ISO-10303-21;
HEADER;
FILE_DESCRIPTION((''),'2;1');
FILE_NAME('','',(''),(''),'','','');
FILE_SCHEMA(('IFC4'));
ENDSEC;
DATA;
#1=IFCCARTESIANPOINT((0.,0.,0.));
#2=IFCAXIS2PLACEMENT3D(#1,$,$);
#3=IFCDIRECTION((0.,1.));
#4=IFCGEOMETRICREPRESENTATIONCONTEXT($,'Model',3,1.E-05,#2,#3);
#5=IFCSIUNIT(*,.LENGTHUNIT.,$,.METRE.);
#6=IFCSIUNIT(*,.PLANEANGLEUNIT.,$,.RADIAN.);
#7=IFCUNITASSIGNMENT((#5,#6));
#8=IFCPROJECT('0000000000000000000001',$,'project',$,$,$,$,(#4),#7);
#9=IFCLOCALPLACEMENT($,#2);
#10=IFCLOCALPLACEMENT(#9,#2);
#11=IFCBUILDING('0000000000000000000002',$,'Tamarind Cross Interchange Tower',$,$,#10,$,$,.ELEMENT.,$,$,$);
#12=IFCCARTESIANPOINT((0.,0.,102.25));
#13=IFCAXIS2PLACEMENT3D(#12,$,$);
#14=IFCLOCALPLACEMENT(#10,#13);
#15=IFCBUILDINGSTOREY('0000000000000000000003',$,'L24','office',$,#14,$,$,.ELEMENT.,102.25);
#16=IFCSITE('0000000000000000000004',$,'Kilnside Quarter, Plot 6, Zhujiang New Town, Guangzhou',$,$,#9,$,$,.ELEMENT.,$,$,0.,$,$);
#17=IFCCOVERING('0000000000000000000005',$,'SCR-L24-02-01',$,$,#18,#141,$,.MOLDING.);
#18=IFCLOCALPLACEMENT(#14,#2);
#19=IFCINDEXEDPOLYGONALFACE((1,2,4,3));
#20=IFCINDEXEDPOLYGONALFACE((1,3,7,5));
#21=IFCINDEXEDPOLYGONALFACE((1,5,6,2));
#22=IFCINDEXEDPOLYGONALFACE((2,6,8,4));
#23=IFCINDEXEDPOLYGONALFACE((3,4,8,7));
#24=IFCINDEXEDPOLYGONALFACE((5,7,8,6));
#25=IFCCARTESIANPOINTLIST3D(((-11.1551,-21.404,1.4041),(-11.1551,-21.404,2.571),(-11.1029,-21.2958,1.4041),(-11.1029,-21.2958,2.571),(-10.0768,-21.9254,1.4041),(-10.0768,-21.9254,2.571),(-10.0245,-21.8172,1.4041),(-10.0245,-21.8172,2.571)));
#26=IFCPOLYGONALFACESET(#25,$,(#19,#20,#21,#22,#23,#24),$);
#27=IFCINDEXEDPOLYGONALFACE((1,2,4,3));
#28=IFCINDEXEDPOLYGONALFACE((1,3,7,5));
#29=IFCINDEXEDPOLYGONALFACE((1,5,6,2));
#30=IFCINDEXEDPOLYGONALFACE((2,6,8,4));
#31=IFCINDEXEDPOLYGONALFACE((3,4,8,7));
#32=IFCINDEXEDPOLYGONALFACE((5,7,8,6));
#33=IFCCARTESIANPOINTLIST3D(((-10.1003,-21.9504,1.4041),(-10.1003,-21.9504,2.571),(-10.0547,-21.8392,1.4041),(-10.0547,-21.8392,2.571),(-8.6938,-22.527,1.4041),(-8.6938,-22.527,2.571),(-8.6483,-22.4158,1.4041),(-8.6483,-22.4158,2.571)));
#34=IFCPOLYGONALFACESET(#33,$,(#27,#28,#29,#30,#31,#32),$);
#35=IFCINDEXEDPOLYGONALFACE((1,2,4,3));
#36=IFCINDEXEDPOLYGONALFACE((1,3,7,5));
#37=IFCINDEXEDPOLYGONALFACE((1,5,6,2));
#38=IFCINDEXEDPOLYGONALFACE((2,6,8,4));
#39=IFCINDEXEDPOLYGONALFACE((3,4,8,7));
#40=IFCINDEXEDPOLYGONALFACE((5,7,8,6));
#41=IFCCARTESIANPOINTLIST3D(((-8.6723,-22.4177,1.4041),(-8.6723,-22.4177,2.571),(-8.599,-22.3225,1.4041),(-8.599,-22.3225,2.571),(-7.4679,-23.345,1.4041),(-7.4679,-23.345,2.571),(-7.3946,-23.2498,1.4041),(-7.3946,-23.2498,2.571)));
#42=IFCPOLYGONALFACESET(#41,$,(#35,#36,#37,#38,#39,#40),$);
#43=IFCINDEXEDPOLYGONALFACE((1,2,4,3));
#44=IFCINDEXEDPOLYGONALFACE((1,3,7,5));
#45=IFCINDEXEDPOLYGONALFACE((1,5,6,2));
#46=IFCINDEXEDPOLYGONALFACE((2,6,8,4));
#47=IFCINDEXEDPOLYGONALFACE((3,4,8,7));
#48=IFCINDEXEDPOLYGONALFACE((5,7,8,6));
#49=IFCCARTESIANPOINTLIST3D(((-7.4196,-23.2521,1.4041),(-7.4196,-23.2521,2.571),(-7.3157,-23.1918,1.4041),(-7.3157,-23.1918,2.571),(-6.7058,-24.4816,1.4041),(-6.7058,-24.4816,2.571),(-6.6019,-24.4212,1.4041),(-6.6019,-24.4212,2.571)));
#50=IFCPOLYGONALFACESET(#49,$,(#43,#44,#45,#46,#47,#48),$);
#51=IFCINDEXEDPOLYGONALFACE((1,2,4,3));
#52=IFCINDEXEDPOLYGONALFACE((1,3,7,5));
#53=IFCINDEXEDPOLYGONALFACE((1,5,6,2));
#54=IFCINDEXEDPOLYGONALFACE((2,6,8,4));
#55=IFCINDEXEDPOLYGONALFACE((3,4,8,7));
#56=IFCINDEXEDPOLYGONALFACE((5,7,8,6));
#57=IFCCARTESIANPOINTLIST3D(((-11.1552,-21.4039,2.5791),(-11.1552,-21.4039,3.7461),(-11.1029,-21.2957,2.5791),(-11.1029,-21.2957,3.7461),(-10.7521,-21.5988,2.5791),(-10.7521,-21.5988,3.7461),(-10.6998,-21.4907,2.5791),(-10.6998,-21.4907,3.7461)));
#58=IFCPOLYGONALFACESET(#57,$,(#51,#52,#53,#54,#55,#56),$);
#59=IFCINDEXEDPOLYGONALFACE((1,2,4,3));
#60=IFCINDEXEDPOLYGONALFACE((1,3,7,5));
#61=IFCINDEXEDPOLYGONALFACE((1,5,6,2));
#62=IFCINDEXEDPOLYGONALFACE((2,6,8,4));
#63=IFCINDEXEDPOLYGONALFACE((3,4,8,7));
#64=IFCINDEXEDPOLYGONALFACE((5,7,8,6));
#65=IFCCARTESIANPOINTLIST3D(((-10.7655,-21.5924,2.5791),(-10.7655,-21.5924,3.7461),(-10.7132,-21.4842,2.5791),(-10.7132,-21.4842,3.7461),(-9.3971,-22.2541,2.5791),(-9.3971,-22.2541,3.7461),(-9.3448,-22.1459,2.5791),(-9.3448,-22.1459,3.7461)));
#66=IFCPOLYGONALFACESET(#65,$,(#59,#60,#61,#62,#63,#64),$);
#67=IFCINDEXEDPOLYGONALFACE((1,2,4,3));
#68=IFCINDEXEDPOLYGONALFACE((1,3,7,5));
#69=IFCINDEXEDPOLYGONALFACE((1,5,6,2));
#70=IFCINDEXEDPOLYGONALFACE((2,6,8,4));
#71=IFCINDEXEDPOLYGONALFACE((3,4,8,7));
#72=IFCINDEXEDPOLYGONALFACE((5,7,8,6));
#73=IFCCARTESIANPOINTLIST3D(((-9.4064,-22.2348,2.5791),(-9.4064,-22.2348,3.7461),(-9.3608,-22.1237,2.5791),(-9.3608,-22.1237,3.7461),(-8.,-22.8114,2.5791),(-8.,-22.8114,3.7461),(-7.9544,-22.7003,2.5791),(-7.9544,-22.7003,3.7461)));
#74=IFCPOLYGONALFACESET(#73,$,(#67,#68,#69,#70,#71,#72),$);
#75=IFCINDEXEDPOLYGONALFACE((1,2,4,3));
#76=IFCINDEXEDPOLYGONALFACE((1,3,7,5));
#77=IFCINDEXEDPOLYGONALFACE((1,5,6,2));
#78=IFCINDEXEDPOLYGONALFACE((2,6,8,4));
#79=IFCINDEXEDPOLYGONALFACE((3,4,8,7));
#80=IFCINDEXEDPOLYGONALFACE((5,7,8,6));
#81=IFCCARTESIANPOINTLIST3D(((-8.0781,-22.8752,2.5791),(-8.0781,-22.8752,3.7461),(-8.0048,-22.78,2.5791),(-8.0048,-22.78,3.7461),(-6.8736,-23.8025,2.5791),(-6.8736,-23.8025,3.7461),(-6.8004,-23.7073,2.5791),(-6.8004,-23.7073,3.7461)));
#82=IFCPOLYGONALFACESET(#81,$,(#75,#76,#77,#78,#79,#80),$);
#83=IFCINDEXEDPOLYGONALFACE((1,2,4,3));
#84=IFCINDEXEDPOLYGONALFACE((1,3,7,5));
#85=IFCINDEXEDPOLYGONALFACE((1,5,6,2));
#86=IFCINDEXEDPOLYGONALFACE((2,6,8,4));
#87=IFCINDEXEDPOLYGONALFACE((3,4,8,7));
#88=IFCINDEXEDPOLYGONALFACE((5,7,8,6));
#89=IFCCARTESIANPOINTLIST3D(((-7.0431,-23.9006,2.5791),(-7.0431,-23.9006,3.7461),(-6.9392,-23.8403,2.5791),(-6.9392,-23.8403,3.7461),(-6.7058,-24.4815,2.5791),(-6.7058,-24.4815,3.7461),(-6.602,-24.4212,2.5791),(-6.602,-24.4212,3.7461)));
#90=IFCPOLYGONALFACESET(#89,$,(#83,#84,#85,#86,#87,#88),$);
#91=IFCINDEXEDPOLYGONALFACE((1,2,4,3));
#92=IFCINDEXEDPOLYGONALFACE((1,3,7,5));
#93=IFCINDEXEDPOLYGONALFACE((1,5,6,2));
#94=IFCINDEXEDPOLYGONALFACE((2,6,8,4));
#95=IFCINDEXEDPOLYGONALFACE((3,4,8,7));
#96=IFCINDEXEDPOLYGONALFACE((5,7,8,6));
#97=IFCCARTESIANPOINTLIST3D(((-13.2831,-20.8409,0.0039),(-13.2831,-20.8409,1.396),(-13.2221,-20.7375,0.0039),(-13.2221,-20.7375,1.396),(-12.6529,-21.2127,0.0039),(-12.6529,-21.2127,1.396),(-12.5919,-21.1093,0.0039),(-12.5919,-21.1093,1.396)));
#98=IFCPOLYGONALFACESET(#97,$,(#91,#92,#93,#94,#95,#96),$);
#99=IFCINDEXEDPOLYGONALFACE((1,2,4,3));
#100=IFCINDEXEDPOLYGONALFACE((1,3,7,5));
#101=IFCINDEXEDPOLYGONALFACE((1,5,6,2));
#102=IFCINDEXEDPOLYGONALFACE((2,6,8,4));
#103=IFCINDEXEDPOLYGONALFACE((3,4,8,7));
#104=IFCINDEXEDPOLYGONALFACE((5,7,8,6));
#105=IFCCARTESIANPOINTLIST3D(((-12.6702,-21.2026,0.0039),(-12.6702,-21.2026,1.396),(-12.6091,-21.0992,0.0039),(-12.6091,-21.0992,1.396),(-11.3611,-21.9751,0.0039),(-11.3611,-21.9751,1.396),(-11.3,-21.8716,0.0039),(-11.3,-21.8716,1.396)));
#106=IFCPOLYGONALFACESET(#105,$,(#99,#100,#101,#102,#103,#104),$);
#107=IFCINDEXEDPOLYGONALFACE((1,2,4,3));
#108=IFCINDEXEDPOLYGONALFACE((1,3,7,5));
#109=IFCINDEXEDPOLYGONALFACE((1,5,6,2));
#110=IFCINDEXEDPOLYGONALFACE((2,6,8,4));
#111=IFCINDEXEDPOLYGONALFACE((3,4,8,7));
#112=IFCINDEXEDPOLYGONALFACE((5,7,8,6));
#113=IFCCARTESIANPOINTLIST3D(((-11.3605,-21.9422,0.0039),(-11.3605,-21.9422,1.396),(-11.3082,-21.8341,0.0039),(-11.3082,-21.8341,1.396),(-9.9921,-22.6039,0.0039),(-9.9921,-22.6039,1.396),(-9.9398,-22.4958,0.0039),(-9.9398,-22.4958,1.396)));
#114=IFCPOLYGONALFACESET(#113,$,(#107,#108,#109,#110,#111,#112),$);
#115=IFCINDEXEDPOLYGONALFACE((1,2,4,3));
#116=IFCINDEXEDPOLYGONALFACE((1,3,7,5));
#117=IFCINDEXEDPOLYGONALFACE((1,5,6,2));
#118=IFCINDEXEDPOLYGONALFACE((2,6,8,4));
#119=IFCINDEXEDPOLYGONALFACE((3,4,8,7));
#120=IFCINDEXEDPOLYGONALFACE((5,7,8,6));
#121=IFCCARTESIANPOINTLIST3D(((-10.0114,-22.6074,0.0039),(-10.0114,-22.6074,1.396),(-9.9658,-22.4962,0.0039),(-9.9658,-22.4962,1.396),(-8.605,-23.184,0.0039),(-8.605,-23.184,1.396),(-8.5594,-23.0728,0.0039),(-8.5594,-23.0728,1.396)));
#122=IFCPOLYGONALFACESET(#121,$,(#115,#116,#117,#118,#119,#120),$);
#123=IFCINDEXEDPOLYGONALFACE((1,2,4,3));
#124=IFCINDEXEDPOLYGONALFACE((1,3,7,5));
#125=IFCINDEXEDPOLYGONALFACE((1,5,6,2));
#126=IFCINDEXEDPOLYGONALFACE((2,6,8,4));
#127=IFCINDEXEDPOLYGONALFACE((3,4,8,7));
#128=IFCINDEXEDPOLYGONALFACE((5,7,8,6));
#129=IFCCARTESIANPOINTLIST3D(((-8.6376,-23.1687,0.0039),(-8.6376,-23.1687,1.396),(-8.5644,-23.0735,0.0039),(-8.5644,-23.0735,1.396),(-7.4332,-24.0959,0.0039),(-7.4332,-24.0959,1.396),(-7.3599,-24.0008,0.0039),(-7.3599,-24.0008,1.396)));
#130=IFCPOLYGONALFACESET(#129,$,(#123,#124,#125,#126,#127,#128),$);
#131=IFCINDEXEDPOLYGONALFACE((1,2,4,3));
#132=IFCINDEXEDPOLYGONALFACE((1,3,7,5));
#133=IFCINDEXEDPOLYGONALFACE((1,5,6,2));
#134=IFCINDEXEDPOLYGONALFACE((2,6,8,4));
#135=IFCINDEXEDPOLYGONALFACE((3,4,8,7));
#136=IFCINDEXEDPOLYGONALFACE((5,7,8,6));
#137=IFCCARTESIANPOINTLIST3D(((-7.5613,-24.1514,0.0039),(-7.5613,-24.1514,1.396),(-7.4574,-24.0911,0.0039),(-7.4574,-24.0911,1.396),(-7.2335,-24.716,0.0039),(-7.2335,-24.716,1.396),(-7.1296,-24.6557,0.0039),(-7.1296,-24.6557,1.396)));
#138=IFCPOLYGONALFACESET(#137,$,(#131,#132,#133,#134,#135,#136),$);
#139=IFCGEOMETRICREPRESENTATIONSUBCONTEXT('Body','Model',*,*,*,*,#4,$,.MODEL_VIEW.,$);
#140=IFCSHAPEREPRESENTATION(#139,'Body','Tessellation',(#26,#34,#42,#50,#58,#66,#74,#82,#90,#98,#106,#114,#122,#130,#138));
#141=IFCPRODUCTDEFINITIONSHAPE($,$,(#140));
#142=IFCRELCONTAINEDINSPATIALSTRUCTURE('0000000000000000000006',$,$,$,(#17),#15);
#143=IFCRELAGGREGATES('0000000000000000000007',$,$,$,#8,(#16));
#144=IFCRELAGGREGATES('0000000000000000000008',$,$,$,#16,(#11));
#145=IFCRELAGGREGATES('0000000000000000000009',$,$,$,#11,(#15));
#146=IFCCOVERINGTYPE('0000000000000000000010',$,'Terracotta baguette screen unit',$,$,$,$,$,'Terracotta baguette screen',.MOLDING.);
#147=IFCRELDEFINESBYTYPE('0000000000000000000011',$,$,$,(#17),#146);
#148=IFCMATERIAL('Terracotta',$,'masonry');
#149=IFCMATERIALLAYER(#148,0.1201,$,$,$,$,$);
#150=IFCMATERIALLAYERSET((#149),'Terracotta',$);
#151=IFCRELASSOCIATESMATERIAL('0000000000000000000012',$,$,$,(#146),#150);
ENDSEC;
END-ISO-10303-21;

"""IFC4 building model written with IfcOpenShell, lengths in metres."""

from ifc_helpers import new_model, si_unit, direction, frame, origin, origin_2d, place, context, subcontext, project, spatial, rectangle, extrude, material, layer, layer_set, type_object, element, save


model = new_model("IFC4")

# Units and contexts
model_context = context("Model", 3, precision=1e-05, world=origin(), true_north=direction((0.0, 1.0)))
body_context = subcontext(model_context, "Body", "Model", "MODEL_VIEW")
ifc_project = project(units=[si_unit("LENGTHUNIT", "METRE"), si_unit("PLANEANGLEUNIT", "RADIAN")], contexts=[model_context])

# Site, building, storey
site_placement = place(None, origin())
site = spatial("IfcSite", under=ifc_project, at=site_placement, Name="Kilnside Quarter, Plot 6, Zhujiang New Town, Guangzhou", CompositionType="ELEMENT", RefElevation=0.0)
building_placement = place(site_placement, origin())
building = spatial("IfcBuilding", under=site, at=building_placement, Name="Tamarind Cross Interchange Tower", CompositionType="ELEMENT")
storey_placement = place(building_placement, frame((0.0, 0.0, 102.25)))
storey = spatial("IfcBuildingStorey", under=building, at=storey_placement, Name="L24", Description="office", CompositionType="ELEMENT", Elevation=102.25)

# Covering
ifc_material_1 = material(Name="Terracotta", Category="masonry")
ifc_layer_1 = layer(ifc_material_1, 0.1201)
ifc_layer_set_1 = layer_set([ifc_layer_1], Name="Terracotta")
covering_type = type_object("IfcCoveringType", Name="Terracotta baguette screen unit", ElementType="Terracotta baguette screen", PredefinedType="MOLDING", material=ifc_layer_set_1)
covering_1_placement = place(storey_placement, origin())
element("IfcCovering", 1, at=covering_1_placement, inside=storey, type_object=covering_type, Name="SCR-L24-02-01", PredefinedType="MOLDING", context=body_context, shape_type="SweptSolid", body=[
    extrude(rectangle(XDim=1.1978, YDim=0.1201, at=origin_2d()), frame((-10.5898, -21.6106, 1.4041), z_axis=(0.0, 0.0, 1.0), x_axis=(0.900273, -0.435326, 0.0)), (0.0, 0.0, 1.0), 1.167),
    extrude(rectangle(XDim=1.52, YDim=0.1201, at=origin_2d()), frame((-9.3743, -22.1831, 1.4041), z_axis=(0.0, 0.0, 1.0), x_axis=(0.925258, -0.379339, 0.0)), (0.0, 0.0, 1.0), 1.167),
    extrude(rectangle(XDim=1.52, YDim=0.1201, at=origin_2d()), frame((-8.0334, -22.8337, 1.4041), z_axis=(0.0, 0.0, 1.0), x_axis=(0.792378, -0.61003, 0.0)), (0.0, 0.0, 1.0), 1.167),
    extrude(rectangle(XDim=1.4216, YDim=0.1201, at=origin_2d()), frame((-7.0107, -23.8367, 1.4041), z_axis=(0.0, 0.0, 1.0), x_axis=(0.502074, -0.864825, 0.0)), (0.0, 0.0, 1.0), 1.167),
    extrude(rectangle(XDim=0.4478, YDim=0.1201, at=origin_2d()), frame((-10.9275, -21.4473, 2.5791), z_axis=(0.0, 0.0, 1.0), x_axis=(0.900273, -0.435326, 0.0)), (0.0, 0.0, 1.0), 1.167),
    extrude(rectangle(XDim=1.52, YDim=0.1201, at=origin_2d()), frame((-10.0552, -21.8691, 2.5791), z_axis=(0.0, 0.0, 1.0), x_axis=(0.900273, -0.435326, 0.0)), (0.0, 0.0, 1.0), 1.167),
    extrude(rectangle(XDim=1.52, YDim=0.1201, at=origin_2d()), frame((-8.6804, -22.4675, 2.5791), z_axis=(0.0, 0.0, 1.0), x_axis=(0.925258, -0.379339, 0.0)), (0.0, 0.0, 1.0), 1.167),
    extrude(rectangle(XDim=1.52, YDim=0.1201, at=origin_2d()), frame((-7.4392, -23.2913, 2.5791), z_axis=(0.0, 0.0, 1.0), x_axis=(0.792378, -0.61003, 0.0)), (0.0, 0.0, 1.0), 1.167),
    extrude(rectangle(XDim=0.6716, YDim=0.1201, at=origin_2d()), frame((-6.8225, -24.1609, 2.5791), z_axis=(0.0, 0.0, 1.0), x_axis=(0.502074, -0.864825, 0.0)), (0.0, 0.0, 1.0), 1.167),
    extrude(rectangle(XDim=0.7317, YDim=0.1201, at=origin_2d()), frame((-12.9375, -20.9751, 0.0039), z_axis=(0.0, 0.0, 1.0), x_axis=(0.861249, -0.508183, 0.0)), (0.0, 0.0, 1.0), 1.3921),
    extrude(rectangle(XDim=1.52, YDim=0.1201, at=origin_2d()), frame((-11.9851, -21.5371, 0.0039), z_axis=(0.0, 0.0, 1.0), x_axis=(0.861249, -0.508183, 0.0)), (0.0, 0.0, 1.0), 1.3921),
    extrude(rectangle(XDim=1.52, YDim=0.1201, at=origin_2d()), frame((-10.6501, -22.219, 0.0039), z_axis=(0.0, 0.0, 1.0), x_axis=(0.900273, -0.435326, 0.0)), (0.0, 0.0, 1.0), 1.3921),
    extrude(rectangle(XDim=1.52, YDim=0.1201, at=origin_2d()), frame((-9.2854, -22.8401, 0.0039), z_axis=(0.0, 0.0, 1.0), x_axis=(0.925258, -0.379339, 0.0)), (0.0, 0.0, 1.0), 1.3921),
    extrude(rectangle(XDim=1.52, YDim=0.1201, at=origin_2d()), frame((-7.9988, -23.5847, 0.0039), z_axis=(0.0, 0.0, 1.0), x_axis=(0.792378, -0.61003, 0.0)), (0.0, 0.0, 1.0), 1.3921),
    extrude(rectangle(XDim=0.6528, YDim=0.1201, at=origin_2d()), frame((-7.3455, -24.4036, 0.0039), z_axis=(0.0, 0.0, 1.0), x_axis=(0.502074, -0.864825, 0.0)), (0.0, 0.0, 1.0), 1.3921),
])

save(model, "model.ifc")
